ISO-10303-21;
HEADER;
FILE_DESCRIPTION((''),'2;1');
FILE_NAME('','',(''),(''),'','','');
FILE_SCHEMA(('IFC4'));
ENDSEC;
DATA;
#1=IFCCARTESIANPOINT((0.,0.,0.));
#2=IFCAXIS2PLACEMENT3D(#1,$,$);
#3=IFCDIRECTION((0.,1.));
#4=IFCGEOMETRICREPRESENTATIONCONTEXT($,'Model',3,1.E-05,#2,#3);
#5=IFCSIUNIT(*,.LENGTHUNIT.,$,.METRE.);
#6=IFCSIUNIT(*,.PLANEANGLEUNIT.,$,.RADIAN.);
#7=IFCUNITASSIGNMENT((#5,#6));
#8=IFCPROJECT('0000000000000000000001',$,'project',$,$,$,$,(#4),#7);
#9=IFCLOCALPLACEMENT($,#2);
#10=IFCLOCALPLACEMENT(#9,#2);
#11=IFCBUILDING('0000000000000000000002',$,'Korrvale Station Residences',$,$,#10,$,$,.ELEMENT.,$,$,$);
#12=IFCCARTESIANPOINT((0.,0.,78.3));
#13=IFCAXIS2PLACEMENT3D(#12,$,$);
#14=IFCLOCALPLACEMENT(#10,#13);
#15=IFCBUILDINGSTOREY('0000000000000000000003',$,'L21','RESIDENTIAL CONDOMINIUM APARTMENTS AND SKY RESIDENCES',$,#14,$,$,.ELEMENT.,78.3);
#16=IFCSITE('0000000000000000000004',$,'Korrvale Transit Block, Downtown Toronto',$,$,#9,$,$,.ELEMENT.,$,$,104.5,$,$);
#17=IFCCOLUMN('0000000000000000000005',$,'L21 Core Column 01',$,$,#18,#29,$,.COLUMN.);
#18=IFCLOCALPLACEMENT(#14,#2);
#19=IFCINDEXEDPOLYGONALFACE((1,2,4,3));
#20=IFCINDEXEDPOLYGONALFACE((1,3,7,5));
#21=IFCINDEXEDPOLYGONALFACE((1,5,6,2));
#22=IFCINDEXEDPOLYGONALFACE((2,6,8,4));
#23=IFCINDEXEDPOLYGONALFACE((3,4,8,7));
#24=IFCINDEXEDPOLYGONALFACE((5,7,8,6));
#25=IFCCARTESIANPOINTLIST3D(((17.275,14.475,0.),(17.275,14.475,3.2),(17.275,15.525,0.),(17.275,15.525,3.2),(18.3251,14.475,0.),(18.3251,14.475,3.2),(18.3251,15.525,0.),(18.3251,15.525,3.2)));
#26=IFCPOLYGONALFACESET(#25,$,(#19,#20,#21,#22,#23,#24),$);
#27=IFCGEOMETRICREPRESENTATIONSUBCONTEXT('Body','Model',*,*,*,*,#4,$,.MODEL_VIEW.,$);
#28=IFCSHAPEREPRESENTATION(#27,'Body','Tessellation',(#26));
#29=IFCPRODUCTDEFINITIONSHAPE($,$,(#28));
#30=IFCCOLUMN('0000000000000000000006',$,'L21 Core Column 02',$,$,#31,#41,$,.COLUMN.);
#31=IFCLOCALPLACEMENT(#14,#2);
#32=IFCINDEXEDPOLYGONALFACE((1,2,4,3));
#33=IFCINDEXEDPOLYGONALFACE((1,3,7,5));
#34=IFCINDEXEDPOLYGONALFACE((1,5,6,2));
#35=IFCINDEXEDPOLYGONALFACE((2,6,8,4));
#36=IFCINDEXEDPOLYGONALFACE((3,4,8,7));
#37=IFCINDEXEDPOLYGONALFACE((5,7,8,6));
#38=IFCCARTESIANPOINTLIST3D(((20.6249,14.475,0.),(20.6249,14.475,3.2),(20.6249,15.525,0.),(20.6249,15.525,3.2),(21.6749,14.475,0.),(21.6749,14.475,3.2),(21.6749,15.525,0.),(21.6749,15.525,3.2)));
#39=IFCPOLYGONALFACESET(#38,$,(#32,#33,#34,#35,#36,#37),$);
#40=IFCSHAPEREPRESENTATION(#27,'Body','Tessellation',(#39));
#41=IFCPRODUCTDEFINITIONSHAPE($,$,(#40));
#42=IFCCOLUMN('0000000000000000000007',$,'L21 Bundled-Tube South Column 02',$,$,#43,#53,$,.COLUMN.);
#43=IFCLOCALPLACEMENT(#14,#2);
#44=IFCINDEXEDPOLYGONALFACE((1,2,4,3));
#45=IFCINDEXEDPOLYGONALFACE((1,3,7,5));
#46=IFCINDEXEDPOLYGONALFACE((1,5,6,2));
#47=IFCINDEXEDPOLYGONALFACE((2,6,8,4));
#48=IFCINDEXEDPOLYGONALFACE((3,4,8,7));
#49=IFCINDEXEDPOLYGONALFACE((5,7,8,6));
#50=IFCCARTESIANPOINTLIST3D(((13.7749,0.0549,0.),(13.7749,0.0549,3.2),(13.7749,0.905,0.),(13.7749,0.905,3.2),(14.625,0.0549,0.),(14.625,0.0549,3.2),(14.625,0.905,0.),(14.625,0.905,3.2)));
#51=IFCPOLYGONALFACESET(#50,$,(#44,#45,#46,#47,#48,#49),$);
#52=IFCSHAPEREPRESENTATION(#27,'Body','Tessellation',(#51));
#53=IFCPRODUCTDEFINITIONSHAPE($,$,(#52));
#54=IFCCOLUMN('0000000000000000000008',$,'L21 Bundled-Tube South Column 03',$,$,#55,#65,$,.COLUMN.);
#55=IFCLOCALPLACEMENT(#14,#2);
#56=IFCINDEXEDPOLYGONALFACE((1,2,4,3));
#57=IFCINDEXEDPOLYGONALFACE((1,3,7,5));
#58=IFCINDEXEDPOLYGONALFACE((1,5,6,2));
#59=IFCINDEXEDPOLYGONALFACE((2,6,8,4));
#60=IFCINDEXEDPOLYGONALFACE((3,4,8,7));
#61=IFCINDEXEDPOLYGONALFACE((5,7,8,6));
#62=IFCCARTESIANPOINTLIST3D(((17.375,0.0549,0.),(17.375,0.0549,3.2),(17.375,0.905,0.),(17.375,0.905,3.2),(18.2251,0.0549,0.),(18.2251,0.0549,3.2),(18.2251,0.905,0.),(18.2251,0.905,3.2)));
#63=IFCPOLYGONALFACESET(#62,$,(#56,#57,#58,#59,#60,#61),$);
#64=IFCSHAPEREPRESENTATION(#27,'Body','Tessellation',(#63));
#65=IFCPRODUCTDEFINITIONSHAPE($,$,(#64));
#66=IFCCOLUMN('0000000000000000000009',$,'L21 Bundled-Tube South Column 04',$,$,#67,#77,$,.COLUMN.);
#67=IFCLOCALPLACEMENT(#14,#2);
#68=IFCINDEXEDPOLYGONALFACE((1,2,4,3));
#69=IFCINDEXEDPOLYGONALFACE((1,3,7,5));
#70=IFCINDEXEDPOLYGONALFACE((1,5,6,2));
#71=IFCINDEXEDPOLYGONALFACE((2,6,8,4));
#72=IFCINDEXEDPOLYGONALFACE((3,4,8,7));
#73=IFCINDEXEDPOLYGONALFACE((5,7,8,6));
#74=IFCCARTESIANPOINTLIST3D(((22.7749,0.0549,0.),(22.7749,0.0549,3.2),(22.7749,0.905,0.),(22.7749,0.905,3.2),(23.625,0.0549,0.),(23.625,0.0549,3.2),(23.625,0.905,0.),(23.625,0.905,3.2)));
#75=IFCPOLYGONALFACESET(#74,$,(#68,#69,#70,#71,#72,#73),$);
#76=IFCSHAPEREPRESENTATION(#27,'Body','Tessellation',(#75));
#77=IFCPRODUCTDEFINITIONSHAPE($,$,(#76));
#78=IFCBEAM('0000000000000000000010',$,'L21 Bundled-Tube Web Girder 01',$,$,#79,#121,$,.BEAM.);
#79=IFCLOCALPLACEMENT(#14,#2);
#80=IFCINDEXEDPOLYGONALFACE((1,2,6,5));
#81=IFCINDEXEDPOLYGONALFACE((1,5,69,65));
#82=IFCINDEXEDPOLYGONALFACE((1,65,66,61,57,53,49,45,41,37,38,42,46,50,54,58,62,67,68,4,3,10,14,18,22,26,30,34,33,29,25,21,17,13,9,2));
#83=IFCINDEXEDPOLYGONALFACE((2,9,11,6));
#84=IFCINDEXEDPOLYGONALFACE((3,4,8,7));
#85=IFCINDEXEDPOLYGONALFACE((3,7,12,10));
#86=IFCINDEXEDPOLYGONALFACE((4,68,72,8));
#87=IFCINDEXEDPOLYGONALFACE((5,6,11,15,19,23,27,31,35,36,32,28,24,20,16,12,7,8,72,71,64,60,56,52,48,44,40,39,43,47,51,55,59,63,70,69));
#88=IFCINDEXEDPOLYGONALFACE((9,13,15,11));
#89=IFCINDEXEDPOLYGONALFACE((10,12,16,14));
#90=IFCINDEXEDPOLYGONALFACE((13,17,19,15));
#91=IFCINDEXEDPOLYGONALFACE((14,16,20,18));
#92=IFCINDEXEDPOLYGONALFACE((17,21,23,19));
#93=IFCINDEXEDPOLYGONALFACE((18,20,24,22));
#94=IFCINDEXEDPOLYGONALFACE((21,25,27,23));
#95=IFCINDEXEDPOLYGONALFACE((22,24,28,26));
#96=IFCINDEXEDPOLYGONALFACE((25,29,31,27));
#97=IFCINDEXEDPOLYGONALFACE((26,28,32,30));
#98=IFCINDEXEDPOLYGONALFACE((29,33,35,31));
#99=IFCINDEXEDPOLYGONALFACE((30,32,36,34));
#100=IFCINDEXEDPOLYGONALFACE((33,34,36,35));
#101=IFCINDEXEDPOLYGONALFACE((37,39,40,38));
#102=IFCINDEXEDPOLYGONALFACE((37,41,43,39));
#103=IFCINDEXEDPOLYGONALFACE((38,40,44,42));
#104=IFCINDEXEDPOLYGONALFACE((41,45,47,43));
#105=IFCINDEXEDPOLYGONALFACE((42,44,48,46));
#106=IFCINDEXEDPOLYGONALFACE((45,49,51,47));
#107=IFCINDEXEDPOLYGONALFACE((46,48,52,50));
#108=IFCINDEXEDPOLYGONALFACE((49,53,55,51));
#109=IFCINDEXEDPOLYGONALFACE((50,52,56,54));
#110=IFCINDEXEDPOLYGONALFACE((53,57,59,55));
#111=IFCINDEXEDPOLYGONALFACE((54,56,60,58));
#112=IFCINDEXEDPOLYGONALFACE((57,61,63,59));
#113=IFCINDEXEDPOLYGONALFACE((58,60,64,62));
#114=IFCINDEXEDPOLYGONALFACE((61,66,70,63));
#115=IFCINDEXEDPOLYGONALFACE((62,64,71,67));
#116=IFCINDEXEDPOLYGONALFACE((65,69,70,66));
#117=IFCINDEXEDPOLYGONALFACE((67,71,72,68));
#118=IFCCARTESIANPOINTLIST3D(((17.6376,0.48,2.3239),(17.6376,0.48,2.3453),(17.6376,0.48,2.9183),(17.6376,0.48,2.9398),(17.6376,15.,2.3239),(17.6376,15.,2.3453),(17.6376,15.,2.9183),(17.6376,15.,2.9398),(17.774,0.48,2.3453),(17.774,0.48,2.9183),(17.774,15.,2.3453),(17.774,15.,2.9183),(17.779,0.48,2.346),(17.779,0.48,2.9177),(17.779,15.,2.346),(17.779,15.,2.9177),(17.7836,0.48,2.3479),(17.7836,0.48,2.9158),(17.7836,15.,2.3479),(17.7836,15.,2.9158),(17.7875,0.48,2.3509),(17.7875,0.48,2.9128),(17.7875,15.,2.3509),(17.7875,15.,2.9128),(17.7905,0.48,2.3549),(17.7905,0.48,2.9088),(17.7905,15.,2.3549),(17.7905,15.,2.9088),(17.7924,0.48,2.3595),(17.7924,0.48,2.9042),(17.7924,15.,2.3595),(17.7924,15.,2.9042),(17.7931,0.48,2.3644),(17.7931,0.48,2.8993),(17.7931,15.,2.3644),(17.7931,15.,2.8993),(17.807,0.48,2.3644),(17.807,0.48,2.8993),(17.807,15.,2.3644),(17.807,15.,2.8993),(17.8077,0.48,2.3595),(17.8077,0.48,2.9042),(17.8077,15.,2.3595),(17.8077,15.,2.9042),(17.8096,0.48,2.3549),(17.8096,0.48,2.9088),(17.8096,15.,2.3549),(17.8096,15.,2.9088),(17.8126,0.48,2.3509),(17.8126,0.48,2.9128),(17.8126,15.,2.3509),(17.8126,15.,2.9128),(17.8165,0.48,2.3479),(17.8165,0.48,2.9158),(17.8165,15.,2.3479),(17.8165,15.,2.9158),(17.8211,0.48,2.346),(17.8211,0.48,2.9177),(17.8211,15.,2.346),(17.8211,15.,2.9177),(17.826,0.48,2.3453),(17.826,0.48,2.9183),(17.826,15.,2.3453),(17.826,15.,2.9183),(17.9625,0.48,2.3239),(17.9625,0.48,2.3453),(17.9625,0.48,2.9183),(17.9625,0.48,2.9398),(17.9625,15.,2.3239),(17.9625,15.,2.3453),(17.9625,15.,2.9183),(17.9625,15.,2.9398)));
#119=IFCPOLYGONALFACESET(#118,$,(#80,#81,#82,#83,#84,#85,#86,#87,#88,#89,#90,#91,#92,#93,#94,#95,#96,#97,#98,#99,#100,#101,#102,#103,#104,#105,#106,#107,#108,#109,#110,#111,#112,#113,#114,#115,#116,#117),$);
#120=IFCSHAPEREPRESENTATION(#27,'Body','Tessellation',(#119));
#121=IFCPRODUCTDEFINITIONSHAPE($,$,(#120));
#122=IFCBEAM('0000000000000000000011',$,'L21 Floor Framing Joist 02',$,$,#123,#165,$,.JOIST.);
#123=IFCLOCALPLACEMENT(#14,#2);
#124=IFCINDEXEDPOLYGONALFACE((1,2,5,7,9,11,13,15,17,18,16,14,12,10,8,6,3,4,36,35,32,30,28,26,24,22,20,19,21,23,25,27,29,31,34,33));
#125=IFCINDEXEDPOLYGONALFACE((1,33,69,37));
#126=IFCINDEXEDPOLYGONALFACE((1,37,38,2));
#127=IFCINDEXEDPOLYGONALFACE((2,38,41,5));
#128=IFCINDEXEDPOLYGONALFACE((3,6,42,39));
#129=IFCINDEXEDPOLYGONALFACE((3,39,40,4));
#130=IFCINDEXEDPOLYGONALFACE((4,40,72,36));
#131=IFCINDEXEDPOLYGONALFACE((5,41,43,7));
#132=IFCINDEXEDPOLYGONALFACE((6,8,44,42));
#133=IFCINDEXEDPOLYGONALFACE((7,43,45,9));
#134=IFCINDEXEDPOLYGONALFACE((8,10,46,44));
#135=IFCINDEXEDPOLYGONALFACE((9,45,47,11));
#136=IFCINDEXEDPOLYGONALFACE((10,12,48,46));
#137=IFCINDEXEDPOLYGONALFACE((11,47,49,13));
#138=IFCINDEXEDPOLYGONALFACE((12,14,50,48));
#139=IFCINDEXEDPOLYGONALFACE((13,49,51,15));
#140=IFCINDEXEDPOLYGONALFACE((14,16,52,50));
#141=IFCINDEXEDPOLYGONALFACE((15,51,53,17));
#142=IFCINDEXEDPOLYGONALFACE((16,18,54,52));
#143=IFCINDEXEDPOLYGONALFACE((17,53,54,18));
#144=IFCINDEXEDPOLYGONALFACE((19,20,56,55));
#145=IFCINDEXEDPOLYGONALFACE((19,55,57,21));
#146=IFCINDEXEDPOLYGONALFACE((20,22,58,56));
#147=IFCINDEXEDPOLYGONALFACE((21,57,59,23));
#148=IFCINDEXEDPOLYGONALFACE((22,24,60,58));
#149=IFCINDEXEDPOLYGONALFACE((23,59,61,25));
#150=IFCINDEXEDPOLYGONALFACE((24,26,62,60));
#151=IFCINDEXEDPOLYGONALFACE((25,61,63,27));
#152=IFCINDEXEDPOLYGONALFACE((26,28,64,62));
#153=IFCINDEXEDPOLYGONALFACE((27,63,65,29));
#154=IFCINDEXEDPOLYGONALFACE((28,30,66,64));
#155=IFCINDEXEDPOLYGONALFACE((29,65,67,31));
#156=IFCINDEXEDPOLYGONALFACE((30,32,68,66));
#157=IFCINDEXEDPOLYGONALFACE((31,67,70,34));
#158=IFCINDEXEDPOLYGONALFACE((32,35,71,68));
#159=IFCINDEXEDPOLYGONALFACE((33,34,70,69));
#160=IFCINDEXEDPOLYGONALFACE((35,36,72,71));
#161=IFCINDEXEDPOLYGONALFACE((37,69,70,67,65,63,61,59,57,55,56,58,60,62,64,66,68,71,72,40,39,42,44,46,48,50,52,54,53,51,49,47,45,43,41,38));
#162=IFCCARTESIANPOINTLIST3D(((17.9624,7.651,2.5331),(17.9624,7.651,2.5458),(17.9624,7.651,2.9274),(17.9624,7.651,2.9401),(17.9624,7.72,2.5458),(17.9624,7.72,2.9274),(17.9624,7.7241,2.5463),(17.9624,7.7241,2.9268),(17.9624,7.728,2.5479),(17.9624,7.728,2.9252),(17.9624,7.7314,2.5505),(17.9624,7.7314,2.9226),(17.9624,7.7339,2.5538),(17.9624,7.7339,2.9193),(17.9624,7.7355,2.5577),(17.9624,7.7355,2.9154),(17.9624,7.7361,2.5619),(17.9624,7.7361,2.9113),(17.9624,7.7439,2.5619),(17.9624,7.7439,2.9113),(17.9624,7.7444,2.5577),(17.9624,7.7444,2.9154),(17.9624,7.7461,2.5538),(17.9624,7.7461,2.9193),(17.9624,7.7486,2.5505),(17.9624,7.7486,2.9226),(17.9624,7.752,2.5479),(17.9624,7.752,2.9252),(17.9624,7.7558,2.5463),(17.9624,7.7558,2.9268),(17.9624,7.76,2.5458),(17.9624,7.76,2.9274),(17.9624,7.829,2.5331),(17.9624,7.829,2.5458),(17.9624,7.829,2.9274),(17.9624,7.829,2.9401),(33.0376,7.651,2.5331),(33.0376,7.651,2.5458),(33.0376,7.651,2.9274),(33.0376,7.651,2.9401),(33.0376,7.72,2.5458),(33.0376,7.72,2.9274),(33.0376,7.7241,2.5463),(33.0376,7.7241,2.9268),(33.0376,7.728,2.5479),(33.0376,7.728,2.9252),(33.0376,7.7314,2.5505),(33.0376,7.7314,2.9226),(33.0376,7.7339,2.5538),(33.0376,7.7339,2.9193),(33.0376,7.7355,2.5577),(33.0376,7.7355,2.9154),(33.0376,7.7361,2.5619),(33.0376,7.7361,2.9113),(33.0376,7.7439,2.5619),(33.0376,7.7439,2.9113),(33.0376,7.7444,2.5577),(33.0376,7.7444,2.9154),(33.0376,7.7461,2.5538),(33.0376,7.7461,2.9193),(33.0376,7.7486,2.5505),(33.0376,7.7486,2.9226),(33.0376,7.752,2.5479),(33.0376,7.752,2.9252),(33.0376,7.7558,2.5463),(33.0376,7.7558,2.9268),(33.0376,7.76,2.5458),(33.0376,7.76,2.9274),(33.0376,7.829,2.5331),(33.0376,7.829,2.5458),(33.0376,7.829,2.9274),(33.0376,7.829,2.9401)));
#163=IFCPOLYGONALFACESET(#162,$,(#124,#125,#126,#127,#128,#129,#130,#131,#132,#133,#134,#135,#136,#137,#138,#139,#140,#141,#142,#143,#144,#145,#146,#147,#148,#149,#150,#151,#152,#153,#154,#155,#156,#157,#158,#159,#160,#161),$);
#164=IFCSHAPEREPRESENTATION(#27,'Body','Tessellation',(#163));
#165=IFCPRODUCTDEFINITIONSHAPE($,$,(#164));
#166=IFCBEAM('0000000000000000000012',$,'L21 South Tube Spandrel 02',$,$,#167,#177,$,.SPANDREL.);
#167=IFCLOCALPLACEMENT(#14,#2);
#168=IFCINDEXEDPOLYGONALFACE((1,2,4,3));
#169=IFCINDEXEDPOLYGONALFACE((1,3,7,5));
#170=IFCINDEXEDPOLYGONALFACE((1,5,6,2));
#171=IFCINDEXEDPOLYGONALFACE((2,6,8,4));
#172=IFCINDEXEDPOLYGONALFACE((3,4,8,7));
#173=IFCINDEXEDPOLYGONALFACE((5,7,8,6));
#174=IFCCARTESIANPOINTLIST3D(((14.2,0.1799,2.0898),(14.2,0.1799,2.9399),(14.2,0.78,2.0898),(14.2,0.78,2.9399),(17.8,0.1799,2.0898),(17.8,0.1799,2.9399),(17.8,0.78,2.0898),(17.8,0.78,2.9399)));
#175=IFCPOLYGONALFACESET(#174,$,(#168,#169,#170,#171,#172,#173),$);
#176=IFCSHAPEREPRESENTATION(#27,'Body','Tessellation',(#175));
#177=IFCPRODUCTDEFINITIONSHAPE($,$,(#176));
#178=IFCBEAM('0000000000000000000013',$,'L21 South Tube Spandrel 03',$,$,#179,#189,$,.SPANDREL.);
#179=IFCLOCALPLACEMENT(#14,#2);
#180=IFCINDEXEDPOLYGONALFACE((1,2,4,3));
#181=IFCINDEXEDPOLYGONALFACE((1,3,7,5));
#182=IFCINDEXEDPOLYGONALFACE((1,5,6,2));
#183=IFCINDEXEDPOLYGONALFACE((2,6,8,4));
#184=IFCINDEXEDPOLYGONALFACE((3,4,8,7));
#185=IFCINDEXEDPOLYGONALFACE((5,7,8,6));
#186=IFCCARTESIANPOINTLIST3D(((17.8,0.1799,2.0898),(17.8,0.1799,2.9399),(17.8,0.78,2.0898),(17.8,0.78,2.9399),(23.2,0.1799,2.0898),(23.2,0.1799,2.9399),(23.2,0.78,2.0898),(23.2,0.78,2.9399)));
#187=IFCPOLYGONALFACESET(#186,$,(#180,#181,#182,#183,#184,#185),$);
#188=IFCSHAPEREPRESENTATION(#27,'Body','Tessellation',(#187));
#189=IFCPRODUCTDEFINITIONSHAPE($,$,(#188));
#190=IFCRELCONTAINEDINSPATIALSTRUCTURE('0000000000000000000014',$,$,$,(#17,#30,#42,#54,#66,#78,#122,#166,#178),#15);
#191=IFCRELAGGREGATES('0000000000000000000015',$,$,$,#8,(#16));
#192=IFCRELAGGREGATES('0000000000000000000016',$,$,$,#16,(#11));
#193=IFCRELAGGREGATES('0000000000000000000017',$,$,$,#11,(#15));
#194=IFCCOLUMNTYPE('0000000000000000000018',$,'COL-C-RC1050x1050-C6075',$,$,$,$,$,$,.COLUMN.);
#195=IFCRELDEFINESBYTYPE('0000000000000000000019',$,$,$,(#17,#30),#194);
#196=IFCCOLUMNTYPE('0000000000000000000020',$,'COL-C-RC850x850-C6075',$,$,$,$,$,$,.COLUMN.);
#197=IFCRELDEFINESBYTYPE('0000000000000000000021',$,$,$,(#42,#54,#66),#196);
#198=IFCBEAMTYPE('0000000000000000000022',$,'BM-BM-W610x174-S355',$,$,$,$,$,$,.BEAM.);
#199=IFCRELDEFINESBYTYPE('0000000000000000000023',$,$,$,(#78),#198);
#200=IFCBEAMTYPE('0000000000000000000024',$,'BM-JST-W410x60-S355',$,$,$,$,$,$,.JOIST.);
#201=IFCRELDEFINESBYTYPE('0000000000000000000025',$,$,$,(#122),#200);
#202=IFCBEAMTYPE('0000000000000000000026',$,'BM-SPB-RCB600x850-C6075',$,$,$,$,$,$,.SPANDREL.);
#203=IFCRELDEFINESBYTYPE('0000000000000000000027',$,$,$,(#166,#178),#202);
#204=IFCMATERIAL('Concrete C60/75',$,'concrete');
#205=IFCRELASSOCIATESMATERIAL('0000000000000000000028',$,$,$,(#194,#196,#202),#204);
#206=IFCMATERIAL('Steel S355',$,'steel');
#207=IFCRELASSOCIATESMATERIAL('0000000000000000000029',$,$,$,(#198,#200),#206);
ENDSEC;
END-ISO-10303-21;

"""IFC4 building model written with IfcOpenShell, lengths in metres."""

from ifc_helpers import new_model, si_unit, direction, frame, origin, origin_2d, place, context, subcontext, project, spatial, rectangle, i_section, extrude, material, material_profile, profile_set, type_object, element, save


model = new_model("IFC4")

# Units and contexts
model_context = context("Model", 3, precision=1e-05, world=origin(), true_north=direction((0.0, 1.0)))
body_context = subcontext(model_context, "Body", "Model", "MODEL_VIEW")
ifc_project = project(units=[si_unit("LENGTHUNIT", "METRE"), si_unit("PLANEANGLEUNIT", "RADIAN")], contexts=[model_context])

# Site, building, storey
site_placement = place(None, origin())
site = spatial("IfcSite", under=ifc_project, at=site_placement, Name="Korrvale Transit Block, Downtown Toronto", CompositionType="ELEMENT", RefElevation=104.5)
building_placement = place(site_placement, origin())
building = spatial("IfcBuilding", under=site, at=building_placement, Name="Korrvale Station Residences", CompositionType="ELEMENT")
storey_placement = place(building_placement, frame((0.0, 0.0, 78.3)))
storey = spatial("IfcBuildingStorey", under=building, at=storey_placement, Name="L21", Description="RESIDENTIAL CONDOMINIUM APARTMENTS AND SKY RESIDENCES", CompositionType="ELEMENT", Elevation=78.3)

# Columns
ifc_material_1 = material(Name="Concrete C60/75", Category="concrete")
ifc_material_profile_1 = material_profile(ifc_material_1, rectangle(XDim=1.05, YDim=1.05, at=origin_2d()), Name="RC1050x1050")
ifc_profile_set_1 = profile_set([ifc_material_profile_1], Name="Concrete C60/75")
column_type_1 = type_object("IfcColumnType", Name="COL-C-RC1050x1050-C6075", PredefinedType="COLUMN", material=ifc_profile_set_1)
for number, where, z_axis, x_axis, name in (
    (1, (17.8, 15.0, 0.0), (0.0, 0.0, 1.0), (1.0, 0.0, 0.0), "L21 Core Column 01"),
    (2, (21.1499, 15.0, 0.0), (0.0, 0.0, 1.0), (1.0, 0.0, 0.0), "L21 Core Column 02"),
):
    element("IfcColumn", number, at=place(storey_placement, frame(where, z_axis=z_axis, x_axis=x_axis)), inside=storey, type_object=column_type_1, Name=name, PredefinedType="COLUMN", context=body_context, shape_type="SweptSolid", body=[
        extrude(rectangle(XDim=1.05, YDim=1.05, at=origin_2d()), origin(), (0.0, 0.0, 1.0), 3.2),
    ])
ifc_material_profile_2 = material_profile(ifc_material_1, rectangle(XDim=0.8501, YDim=0.8501, at=origin_2d()), Name="RC850x850")
ifc_profile_set_2 = profile_set([ifc_material_profile_2], Name="Concrete C60/75")
column_type_2 = type_object("IfcColumnType", Name="COL-C-RC850x850-C6075", PredefinedType="COLUMN", material=ifc_profile_set_2)
for number, where, z_axis, x_axis, name in (
    (3, (14.2, 0.48, 0.0), (0.0, 0.0, 1.0), (1.0, 0.0, 0.0), "L21 Bundled-Tube South Column 02"),
    (4, (17.8, 0.48, 0.0), (0.0, 0.0, 1.0), (1.0, 0.0, 0.0), "L21 Bundled-Tube South Column 03"),
    (5, (23.2, 0.48, 0.0), (0.0, 0.0, 1.0), (1.0, 0.0, 0.0), "L21 Bundled-Tube South Column 04"),
):
    element("IfcColumn", number, at=place(storey_placement, frame(where, z_axis=z_axis, x_axis=x_axis)), inside=storey, type_object=column_type_2, Name=name, PredefinedType="COLUMN", context=body_context, shape_type="SweptSolid", body=[
        extrude(rectangle(XDim=0.8501, YDim=0.8501, at=origin_2d()), origin(), (0.0, 0.0, 1.0), 3.2),
    ])

# Beams
ifc_material_2 = material(Name="Steel S355", Category="steel")
ifc_material_profile_3 = material_profile(ifc_material_2, i_section(OverallWidth=0.325, OverallDepth=0.616, WebThickness=0.0139, FlangeThickness=0.0215, FilletRadius=0.019, at=origin_2d()), Name="W610x174")
ifc_profile_set_3 = profile_set([ifc_material_profile_3], Name="Steel S355")
beam_type_1 = type_object("IfcBeamType", Name="BM-BM-W610x174-S355", PredefinedType="BEAM", material=ifc_profile_set_3)
beam_1_placement = place(storey_placement, frame((17.8, 0.48, 2.6318), z_axis=(0.0, 1.0, 0.0), x_axis=(-1.0, 0.0, 0.0)))
element("IfcBeam", 6, at=beam_1_placement, inside=storey, type_object=beam_type_1, Name="L21 Bundled-Tube Web Girder 01", PredefinedType="BEAM", context=body_context, shape_type="SweptSolid", body=[
    extrude(i_section(OverallWidth=0.325, OverallDepth=0.616, WebThickness=0.0139, FlangeThickness=0.0215, FilletRadius=0.019, at=origin_2d()), origin(), (0.0, 0.0, 1.0), 14.52),
])
ifc_material_profile_4 = material_profile(ifc_material_2, i_section(OverallWidth=0.178, OverallDepth=0.407, WebThickness=0.0078, FlangeThickness=0.0127, FilletRadius=0.0161, at=origin_2d()), Name="W410x60")
ifc_profile_set_4 = profile_set([ifc_material_profile_4], Name="Steel S355")
beam_type_2 = type_object("IfcBeamType", Name="BM-JST-W410x60-S355", PredefinedType="JOIST", material=ifc_profile_set_4)
beam_2_placement = place(storey_placement, frame((17.9624, 7.74, 2.7366), z_axis=(1.0, 0.0, 0.0), x_axis=(0.0, 1.0, 0.0)))
element("IfcBeam", 7, at=beam_2_placement, inside=storey, type_object=beam_type_2, Name="L21 Floor Framing Joist 02", PredefinedType="JOIST", context=body_context, shape_type="SweptSolid", body=[
    extrude(i_section(OverallWidth=0.178, OverallDepth=0.407, WebThickness=0.0078, FlangeThickness=0.0127, FilletRadius=0.0161, at=origin_2d()), origin(), (0.0, 0.0, 1.0), 15.0752),
])
ifc_material_profile_5 = material_profile(ifc_material_1, rectangle(XDim=0.6001, YDim=0.8501, at=origin_2d()), Name="RCB600x850")
ifc_profile_set_5 = profile_set([ifc_material_profile_5], Name="Concrete C60/75")
beam_type_3 = type_object("IfcBeamType", Name="BM-SPB-RCB600x850-C6075", PredefinedType="SPANDREL", material=ifc_profile_set_5)
beam_3_placement = place(storey_placement, frame((14.2, 0.48, 2.5149), z_axis=(1.0, 0.0, 0.0), x_axis=(0.0, 1.0, 0.0)))
element("IfcBeam", 8, at=beam_3_placement, inside=storey, type_object=beam_type_3, Name="L21 South Tube Spandrel 02", PredefinedType="SPANDREL", context=body_context, shape_type="SweptSolid", body=[
    extrude(rectangle(XDim=0.6001, YDim=0.8501, at=origin_2d()), origin(), (0.0, 0.0, 1.0), 3.6001),
])
beam_4_placement = place(storey_placement, frame((17.8, 0.48, 2.5149), z_axis=(1.0, 0.0, 0.0), x_axis=(0.0, 1.0, 0.0)))
element("IfcBeam", 9, at=beam_4_placement, inside=storey, type_object=beam_type_3, Name="L21 South Tube Spandrel 03", PredefinedType="SPANDREL", context=body_context, shape_type="SweptSolid", body=[
    extrude(rectangle(XDim=0.6001, YDim=0.8501, at=origin_2d()), origin(), (0.0, 0.0, 1.0), 5.3999),
])

save(model, "model.ifc")
